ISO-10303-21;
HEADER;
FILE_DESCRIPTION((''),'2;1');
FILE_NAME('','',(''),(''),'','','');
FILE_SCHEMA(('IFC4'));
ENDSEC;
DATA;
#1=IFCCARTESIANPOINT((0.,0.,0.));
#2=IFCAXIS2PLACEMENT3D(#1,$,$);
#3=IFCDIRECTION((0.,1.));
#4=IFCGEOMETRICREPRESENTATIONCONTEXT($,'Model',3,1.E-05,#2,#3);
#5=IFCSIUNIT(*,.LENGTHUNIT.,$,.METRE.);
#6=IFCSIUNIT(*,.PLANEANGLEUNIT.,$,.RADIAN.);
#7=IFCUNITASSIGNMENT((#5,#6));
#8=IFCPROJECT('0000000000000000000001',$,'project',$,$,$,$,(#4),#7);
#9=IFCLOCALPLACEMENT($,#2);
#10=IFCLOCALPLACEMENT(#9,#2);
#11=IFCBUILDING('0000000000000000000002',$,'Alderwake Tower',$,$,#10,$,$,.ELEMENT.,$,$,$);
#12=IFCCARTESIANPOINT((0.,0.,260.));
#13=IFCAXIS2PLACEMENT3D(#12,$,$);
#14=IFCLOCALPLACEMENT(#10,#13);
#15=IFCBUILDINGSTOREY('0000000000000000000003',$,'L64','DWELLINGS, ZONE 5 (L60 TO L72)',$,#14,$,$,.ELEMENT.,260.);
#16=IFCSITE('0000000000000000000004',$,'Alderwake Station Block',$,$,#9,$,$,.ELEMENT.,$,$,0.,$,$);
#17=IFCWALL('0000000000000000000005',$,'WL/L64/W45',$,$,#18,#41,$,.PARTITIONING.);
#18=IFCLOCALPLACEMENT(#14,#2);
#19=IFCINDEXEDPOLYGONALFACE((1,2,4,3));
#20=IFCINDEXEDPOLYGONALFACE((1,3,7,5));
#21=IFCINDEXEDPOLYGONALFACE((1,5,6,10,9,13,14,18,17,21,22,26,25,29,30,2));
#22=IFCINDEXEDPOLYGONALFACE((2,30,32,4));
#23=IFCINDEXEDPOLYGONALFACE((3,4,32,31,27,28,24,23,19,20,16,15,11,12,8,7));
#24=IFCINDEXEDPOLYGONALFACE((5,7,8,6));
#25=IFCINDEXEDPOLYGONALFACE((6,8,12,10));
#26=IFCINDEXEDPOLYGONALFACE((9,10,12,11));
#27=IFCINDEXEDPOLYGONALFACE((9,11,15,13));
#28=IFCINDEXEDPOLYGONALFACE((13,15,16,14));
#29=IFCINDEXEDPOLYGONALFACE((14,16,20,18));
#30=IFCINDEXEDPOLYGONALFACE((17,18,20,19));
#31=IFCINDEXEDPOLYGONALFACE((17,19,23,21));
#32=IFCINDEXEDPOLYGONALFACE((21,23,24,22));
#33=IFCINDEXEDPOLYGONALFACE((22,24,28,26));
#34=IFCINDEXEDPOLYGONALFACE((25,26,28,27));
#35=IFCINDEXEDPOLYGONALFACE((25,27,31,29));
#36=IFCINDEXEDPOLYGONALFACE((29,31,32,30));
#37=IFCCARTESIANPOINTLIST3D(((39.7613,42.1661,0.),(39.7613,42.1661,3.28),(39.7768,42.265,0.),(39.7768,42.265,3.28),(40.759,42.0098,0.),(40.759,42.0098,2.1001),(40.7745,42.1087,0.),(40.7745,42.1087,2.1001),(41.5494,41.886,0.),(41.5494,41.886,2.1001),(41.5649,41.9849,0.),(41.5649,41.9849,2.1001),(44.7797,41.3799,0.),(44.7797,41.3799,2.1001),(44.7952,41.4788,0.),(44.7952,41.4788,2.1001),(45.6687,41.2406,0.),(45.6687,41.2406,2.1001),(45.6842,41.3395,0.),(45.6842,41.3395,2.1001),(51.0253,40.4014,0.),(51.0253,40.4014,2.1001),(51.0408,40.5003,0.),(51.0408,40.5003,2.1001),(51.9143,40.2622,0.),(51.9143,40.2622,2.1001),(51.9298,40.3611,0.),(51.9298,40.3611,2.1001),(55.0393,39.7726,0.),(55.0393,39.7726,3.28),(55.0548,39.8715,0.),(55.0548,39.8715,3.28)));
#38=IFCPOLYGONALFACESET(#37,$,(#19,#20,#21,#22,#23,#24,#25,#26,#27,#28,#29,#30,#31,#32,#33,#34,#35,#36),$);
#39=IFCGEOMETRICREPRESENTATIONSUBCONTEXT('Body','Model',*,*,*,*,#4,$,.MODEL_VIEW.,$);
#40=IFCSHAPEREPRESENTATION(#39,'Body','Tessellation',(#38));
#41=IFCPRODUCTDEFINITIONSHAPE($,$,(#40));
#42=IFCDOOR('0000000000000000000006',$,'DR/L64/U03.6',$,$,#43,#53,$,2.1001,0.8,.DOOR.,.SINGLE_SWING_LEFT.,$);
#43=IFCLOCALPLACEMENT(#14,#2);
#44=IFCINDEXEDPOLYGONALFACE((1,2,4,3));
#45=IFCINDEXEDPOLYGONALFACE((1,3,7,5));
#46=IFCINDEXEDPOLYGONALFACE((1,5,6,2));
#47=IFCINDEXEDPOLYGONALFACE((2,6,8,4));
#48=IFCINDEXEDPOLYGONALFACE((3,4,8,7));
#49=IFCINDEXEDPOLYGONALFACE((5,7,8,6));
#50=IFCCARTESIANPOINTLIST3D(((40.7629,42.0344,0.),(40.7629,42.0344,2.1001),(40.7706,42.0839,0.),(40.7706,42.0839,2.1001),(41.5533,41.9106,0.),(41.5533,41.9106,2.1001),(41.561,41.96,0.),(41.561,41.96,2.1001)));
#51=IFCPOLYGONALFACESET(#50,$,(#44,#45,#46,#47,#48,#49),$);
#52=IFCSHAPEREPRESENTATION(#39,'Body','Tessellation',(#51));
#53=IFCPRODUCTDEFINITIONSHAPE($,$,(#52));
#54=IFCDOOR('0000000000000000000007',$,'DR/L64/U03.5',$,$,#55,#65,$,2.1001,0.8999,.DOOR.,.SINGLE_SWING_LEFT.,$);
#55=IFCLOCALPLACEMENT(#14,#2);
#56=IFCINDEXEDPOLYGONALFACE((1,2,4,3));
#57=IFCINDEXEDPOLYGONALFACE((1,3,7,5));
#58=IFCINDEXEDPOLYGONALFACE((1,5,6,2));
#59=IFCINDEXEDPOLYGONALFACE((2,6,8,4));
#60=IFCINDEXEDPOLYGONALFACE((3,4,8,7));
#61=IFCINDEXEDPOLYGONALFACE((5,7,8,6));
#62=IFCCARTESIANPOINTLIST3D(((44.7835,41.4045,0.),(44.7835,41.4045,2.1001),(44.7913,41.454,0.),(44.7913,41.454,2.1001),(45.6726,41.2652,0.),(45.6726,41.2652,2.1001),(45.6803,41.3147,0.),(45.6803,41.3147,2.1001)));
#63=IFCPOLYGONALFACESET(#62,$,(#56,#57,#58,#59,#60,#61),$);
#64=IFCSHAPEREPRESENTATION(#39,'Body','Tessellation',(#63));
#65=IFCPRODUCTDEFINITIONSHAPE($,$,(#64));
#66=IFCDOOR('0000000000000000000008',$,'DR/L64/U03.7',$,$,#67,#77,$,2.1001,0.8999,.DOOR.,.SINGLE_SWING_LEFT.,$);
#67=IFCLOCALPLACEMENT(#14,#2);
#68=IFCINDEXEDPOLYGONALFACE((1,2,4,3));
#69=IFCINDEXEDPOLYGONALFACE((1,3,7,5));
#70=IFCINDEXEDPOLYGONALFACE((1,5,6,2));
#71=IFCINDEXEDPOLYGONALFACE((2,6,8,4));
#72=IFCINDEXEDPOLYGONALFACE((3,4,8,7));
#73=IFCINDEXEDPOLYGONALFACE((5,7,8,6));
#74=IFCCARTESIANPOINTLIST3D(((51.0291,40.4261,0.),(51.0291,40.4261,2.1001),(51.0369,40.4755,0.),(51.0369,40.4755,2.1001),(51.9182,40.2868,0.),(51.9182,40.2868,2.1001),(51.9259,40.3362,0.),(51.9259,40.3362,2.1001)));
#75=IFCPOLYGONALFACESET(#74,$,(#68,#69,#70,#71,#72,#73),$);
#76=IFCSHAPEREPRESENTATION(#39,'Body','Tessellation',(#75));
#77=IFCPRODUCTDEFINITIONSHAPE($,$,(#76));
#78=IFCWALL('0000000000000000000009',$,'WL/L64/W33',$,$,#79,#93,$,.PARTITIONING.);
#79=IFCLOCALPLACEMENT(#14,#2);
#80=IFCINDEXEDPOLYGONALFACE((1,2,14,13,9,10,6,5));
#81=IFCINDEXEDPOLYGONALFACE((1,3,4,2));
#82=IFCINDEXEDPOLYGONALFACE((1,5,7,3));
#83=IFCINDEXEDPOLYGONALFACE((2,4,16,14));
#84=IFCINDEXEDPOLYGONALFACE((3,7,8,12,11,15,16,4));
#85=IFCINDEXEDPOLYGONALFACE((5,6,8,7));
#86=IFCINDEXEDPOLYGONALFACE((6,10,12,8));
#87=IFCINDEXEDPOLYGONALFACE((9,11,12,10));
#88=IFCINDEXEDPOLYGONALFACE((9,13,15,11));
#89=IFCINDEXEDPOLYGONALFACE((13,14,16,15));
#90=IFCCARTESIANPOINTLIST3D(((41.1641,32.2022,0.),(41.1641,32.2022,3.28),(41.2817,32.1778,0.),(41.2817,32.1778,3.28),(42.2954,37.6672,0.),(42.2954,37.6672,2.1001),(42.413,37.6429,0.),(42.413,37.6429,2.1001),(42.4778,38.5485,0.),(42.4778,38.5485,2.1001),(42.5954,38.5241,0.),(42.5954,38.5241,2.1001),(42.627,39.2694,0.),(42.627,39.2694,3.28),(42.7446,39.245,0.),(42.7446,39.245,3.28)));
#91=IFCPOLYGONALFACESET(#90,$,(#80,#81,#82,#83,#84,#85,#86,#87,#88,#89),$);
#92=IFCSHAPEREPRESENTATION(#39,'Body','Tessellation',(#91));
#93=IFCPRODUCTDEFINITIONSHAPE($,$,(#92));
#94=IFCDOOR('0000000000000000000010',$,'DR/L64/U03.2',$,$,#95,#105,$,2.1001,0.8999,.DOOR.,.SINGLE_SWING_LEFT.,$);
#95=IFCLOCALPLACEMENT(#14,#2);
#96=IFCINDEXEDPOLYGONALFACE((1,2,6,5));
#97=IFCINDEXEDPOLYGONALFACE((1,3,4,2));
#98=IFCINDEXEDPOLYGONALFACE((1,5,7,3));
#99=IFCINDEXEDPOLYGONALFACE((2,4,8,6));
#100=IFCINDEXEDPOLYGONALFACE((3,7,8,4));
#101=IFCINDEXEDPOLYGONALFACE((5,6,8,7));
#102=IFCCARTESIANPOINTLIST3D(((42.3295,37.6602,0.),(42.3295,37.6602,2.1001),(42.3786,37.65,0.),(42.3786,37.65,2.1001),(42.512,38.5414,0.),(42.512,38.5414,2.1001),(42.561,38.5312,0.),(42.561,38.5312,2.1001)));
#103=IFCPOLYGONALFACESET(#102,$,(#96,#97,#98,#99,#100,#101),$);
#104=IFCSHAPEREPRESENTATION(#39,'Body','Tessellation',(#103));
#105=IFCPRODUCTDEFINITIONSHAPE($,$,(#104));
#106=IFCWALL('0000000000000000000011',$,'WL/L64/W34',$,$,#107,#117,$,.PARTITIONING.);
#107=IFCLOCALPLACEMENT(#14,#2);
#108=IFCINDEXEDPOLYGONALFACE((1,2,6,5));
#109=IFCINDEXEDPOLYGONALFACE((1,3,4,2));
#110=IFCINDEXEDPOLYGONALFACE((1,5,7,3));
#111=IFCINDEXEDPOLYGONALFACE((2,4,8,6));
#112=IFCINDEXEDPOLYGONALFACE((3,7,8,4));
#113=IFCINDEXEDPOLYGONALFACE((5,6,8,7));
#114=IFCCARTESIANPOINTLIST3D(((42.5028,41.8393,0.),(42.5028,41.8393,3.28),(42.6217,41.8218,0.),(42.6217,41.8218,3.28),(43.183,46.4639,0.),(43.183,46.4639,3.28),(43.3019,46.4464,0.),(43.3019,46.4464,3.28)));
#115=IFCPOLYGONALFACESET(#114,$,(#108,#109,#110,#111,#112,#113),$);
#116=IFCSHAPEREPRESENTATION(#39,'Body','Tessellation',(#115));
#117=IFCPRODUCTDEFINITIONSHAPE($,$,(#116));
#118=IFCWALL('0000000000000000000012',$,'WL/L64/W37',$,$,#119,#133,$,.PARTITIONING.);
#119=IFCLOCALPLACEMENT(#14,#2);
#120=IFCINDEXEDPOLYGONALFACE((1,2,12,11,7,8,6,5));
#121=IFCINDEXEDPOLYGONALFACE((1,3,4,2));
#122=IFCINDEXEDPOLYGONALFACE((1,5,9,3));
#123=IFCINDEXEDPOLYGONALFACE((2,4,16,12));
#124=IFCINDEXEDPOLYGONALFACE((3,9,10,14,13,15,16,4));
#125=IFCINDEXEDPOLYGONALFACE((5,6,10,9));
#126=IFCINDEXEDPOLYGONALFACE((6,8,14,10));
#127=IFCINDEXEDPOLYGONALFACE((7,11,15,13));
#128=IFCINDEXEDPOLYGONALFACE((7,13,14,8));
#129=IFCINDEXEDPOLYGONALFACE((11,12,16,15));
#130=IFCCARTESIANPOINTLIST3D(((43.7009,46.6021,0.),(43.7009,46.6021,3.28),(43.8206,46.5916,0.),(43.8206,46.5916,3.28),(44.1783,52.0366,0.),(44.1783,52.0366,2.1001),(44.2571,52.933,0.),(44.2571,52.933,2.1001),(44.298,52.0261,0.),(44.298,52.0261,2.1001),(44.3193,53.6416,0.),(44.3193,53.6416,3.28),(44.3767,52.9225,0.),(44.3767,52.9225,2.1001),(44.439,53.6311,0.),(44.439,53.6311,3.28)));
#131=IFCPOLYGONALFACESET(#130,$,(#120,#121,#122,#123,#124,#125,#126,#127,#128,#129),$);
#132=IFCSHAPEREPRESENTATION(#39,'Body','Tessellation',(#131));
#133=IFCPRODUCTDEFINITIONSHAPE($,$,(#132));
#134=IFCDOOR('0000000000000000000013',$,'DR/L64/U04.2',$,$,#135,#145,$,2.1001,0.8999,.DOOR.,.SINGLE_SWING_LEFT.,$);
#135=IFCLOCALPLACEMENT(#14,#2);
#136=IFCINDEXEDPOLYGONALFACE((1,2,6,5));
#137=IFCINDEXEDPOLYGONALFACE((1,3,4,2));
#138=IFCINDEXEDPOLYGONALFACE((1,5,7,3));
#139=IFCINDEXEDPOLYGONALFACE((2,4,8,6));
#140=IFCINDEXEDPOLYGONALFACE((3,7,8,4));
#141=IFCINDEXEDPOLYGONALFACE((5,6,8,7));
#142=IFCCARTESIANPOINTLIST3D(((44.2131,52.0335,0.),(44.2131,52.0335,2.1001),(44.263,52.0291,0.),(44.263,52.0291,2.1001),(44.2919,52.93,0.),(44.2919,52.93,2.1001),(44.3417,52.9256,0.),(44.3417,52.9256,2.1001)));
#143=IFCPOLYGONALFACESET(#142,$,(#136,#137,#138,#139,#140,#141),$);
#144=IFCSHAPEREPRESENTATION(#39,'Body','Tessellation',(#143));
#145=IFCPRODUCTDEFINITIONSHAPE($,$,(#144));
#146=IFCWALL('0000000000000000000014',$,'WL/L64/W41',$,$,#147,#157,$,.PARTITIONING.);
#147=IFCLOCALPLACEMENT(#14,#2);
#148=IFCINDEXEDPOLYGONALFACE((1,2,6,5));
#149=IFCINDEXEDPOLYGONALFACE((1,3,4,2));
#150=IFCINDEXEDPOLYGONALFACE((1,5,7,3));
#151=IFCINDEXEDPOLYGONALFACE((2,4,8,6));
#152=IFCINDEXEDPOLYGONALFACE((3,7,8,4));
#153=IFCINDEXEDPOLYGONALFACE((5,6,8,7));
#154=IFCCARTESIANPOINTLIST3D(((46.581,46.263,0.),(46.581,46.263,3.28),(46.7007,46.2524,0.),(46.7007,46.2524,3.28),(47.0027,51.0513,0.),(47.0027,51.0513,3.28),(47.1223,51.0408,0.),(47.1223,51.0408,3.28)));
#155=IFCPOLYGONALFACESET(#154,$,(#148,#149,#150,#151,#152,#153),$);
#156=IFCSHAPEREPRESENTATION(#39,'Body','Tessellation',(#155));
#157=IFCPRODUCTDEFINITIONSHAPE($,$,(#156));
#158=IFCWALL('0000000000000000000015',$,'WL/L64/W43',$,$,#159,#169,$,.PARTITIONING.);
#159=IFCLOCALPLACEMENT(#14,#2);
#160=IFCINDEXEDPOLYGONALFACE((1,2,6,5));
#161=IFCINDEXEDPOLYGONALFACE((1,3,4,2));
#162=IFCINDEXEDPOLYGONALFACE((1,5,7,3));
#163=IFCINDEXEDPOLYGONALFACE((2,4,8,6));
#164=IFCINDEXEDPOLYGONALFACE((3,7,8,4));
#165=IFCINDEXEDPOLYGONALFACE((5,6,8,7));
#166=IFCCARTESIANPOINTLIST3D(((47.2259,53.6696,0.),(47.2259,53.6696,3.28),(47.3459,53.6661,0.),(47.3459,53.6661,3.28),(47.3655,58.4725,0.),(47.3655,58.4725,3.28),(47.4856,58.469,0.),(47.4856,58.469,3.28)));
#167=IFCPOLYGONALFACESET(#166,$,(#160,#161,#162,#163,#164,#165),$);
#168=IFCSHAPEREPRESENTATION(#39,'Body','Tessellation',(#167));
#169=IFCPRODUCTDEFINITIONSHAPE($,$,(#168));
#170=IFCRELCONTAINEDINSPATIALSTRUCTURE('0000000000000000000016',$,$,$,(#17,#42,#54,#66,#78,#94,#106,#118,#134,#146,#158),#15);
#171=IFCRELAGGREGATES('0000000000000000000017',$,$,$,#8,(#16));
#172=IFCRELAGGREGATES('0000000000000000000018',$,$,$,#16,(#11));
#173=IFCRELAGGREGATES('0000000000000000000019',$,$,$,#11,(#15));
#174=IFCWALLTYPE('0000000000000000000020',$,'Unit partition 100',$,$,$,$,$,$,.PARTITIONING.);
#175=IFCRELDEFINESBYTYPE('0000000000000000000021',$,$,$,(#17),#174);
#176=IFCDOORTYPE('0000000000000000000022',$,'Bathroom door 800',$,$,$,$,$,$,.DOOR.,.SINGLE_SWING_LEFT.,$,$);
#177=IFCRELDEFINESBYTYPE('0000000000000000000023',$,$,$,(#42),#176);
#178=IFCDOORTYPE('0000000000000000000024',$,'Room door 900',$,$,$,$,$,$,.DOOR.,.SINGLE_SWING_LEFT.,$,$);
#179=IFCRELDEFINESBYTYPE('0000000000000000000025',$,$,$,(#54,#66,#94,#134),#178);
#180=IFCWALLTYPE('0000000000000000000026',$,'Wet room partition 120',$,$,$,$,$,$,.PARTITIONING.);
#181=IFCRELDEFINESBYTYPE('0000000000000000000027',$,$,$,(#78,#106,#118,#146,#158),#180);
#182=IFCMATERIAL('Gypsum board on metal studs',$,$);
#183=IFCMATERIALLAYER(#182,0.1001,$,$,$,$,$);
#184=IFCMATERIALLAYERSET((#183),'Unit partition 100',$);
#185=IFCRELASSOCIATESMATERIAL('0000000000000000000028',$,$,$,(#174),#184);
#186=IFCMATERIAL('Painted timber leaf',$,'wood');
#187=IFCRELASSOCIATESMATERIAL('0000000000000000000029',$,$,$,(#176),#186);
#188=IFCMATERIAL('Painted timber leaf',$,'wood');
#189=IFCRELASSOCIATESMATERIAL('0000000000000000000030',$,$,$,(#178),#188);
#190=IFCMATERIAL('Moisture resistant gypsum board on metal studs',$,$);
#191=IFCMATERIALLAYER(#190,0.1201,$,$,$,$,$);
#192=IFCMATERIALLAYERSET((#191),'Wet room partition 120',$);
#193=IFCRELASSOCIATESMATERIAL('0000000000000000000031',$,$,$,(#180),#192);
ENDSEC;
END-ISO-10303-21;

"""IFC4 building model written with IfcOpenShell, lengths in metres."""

from ifc_helpers import new_model, si_unit, direction, frame, frame_2d, origin, place, context, subcontext, project, spatial, rectangle, extrude, material, layer, layer_set, type_object, element, fill, save


model = new_model("IFC4")

# Units and contexts
model_context = context("Model", 3, precision=1e-05, world=origin(), true_north=direction((0.0, 1.0)))
body_context = subcontext(model_context, "Body", "Model", "MODEL_VIEW")
ifc_project = project(units=[si_unit("LENGTHUNIT", "METRE"), si_unit("PLANEANGLEUNIT", "RADIAN")], contexts=[model_context])

# Site, building, storey
site_placement = place(None, origin())
site = spatial("IfcSite", under=ifc_project, at=site_placement, Name="Alderwake Station Block", CompositionType="ELEMENT", RefElevation=0.0)
building_placement = place(site_placement, origin())
building = spatial("IfcBuilding", under=site, at=building_placement, Name="Alderwake Tower", CompositionType="ELEMENT")
storey_placement = place(building_placement, frame((0.0, 0.0, 260.0)))
storey = spatial("IfcBuildingStorey", under=building, at=storey_placement, Name="L64", Description="DWELLINGS, ZONE 5 (L60 TO L72)", CompositionType="ELEMENT", Elevation=260.0)

# Shared definitions
ifc_material_1 = material(Name="Gypsum board on metal studs")
ifc_layer_1 = layer(ifc_material_1, 0.1001)
ifc_layer_set_1 = layer_set([ifc_layer_1], Name="Unit partition 100")
wall_type_1 = type_object("IfcWallType", Name="Unit partition 100", PredefinedType="PARTITIONING", material=ifc_layer_set_1)

# Wall, openings, doors
wall_1_placement = place(storey_placement, frame((39.769, 42.2156, 0.0), z_axis=(0.0, 0.0, 1.0), x_axis=(0.987949, -0.154778, 0.0)))
wall_1 = element("IfcWall", 1, at=wall_1_placement, inside=storey, type_object=wall_type_1, Name="WL/L64/W45", PredefinedType="PARTITIONING", context=body_context, shape_type="SweptSolid", body=[
    extrude(rectangle(XDim=15.4644, YDim=0.1001, at=frame_2d((7.7322, 0.0))), origin(), (0.0, 0.0, 1.0), 3.28),
])
opening_1_placement = place(wall_1_placement, frame((5.0796, 0.0, 0.0)))
opening_1 = element("IfcOpeningElement", 2, at=opening_1_placement, cuts=wall_1, PredefinedType="OPENING", context=body_context, shape_type="SweptSolid", body=[
    extrude(rectangle(XDim=0.8999, YDim=2.1001, at=frame_2d((0.45, 1.05))), frame((0.0, 0.0601, 0.0), z_axis=(0.0, -1.0, 0.0), x_axis=(1.0, 0.0, 0.0)), (0.0, 0.0, 1.0), 0.1201),
])
opening_2_placement = place(wall_1_placement, frame((1.01, 0.0, 0.0)))
opening_2 = element("IfcOpeningElement", 3, at=opening_2_placement, cuts=wall_1, PredefinedType="OPENING", context=body_context, shape_type="SweptSolid", body=[
    extrude(rectangle(XDim=0.8, YDim=2.1001, at=frame_2d((0.3999, 1.05))), frame((0.0, 0.0601, 0.0), z_axis=(0.0, -1.0, 0.0), x_axis=(1.0, 0.0, 0.0)), (0.0, 0.0, 1.0), 0.1201),
])
opening_3_placement = place(wall_1_placement, frame((11.4014, 0.0, 0.0)))
opening_3 = element("IfcOpeningElement", 4, at=opening_3_placement, cuts=wall_1, PredefinedType="OPENING", context=body_context, shape_type="SweptSolid", body=[
    extrude(rectangle(XDim=0.8999, YDim=2.1001, at=frame_2d((0.45, 1.05))), frame((0.0, 0.0601, 0.0), z_axis=(0.0, -1.0, 0.0), x_axis=(1.0, 0.0, 0.0)), (0.0, 0.0, 1.0), 0.1201),
])
ifc_material_2 = material(Name="Painted timber leaf", Category="wood")
door_type_1 = type_object("IfcDoorType", Name="Bathroom door 800", OperationType="SINGLE_SWING_LEFT", PredefinedType="DOOR", material=ifc_material_2)
door_1_placement = place(opening_2_placement, origin())
door_1 = element("IfcDoor", 5, at=door_1_placement, inside=storey, type_object=door_type_1, Name="DR/L64/U03.6", OperationType="SINGLE_SWING_LEFT", OverallHeight=2.1001, OverallWidth=0.8, PredefinedType="DOOR", context=body_context, shape_type="SweptSolid", body=[
    extrude(rectangle(XDim=0.8, YDim=2.1001, at=frame_2d((0.3999, 1.05))), frame((0.0, 0.0249, 0.0), z_axis=(0.0, -1.0, 0.0), x_axis=(1.0, 0.0, 0.0)), (0.0, 0.0, 1.0), 0.05),
])
fill(opening_2, door_1)
ifc_material_3 = material(Name="Painted timber leaf", Category="wood")
door_type_2 = type_object("IfcDoorType", Name="Room door 900", OperationType="SINGLE_SWING_LEFT", PredefinedType="DOOR", material=ifc_material_3)
door_2_placement = place(opening_1_placement, origin())
door_2 = element("IfcDoor", 6, at=door_2_placement, inside=storey, type_object=door_type_2, Name="DR/L64/U03.5", OperationType="SINGLE_SWING_LEFT", OverallHeight=2.1001, OverallWidth=0.8999, PredefinedType="DOOR", context=body_context, shape_type="SweptSolid", body=[
    extrude(rectangle(XDim=0.8999, YDim=2.1001, at=frame_2d((0.45, 1.05))), frame((0.0, 0.0249, 0.0), z_axis=(0.0, -1.0, 0.0), x_axis=(1.0, 0.0, 0.0)), (0.0, 0.0, 1.0), 0.05),
])
fill(opening_1, door_2)
door_3_placement = place(opening_3_placement, origin())
door_3 = element("IfcDoor", 7, at=door_3_placement, inside=storey, type_object=door_type_2, Name="DR/L64/U03.7", OperationType="SINGLE_SWING_LEFT", OverallHeight=2.1001, OverallWidth=0.8999, PredefinedType="DOOR", context=body_context, shape_type="SweptSolid", body=[
    extrude(rectangle(XDim=0.8999, YDim=2.1001, at=frame_2d((0.45, 1.05))), frame((0.0, 0.0249, 0.0), z_axis=(0.0, -1.0, 0.0), x_axis=(1.0, 0.0, 0.0)), (0.0, 0.0, 1.0), 0.05),
])
fill(opening_3, door_3)

# Wall, opening, door
ifc_material_4 = material(Name="Moisture resistant gypsum board on metal studs")
ifc_layer_2 = layer(ifc_material_4, 0.1201)
ifc_layer_set_2 = layer_set([ifc_layer_2], Name="Wet room partition 120")
wall_type_2 = type_object("IfcWallType", Name="Wet room partition 120", PredefinedType="PARTITIONING", material=ifc_layer_set_2)
wall_2_placement = place(storey_placement, frame((42.6858, 39.2571, 0.0), z_axis=(0.0, 0.0, 1.0), x_axis=(-0.202702, -0.979241, 0.0)))
wall_2 = element("IfcWall", 8, at=wall_2_placement, inside=storey, type_object=wall_type_2, Name="WL/L64/W33", PredefinedType="PARTITIONING", context=body_context, shape_type="SweptSolid", body=[
    extrude(rectangle(XDim=7.217, YDim=0.1201, at=frame_2d((3.6084, 0.0))), origin(), (0.0, 0.0, 1.0), 3.28),
])
opening_4_placement = place(wall_2_placement, frame((0.7361, 0.0, 0.0)))
opening_4 = element("IfcOpeningElement", 9, at=opening_4_placement, cuts=wall_2, PredefinedType="OPENING", context=body_context, shape_type="SweptSolid", body=[
    extrude(rectangle(XDim=0.8999, YDim=2.1001, at=frame_2d((0.45, 1.05))), frame((0.0, 0.0701, 0.0), z_axis=(0.0, -1.0, 0.0), x_axis=(1.0, 0.0, 0.0)), (0.0, 0.0, 1.0), 0.1401),
])
door_4_placement = place(opening_4_placement, origin())
door_4 = element("IfcDoor", 10, at=door_4_placement, inside=storey, type_object=door_type_2, Name="DR/L64/U03.2", OperationType="SINGLE_SWING_LEFT", OverallHeight=2.1001, OverallWidth=0.8999, PredefinedType="DOOR", context=body_context, shape_type="SweptSolid", body=[
    extrude(rectangle(XDim=0.8999, YDim=2.1001, at=frame_2d((0.45, 1.05))), frame((0.0, 0.0249, 0.0), z_axis=(0.0, -1.0, 0.0), x_axis=(1.0, 0.0, 0.0)), (0.0, 0.0, 1.0), 0.05),
])
fill(opening_4, door_4)

# Wall
wall_3_placement = place(storey_placement, frame((42.5623, 41.8306, 0.0), z_axis=(0.0, 0.0, 1.0), x_axis=(0.145515, 0.989356, 0.0)))
element("IfcWall", 11, at=wall_3_placement, inside=storey, type_object=wall_type_2, Name="WL/L64/W34", PredefinedType="PARTITIONING", context=body_context, shape_type="SweptSolid", body=[
    extrude(rectangle(XDim=4.6743, YDim=0.1201, at=frame_2d((2.3372, 0.0))), origin(), (0.0, 0.0, 1.0), 3.28),
])

# Wall, opening, door
wall_4_placement = place(storey_placement, frame((44.3792, 53.6362, 0.0), z_axis=(0.0, 0.0, 1.0), x_axis=(-0.087511, -0.996164, 0.0)))
wall_4 = element("IfcWall", 12, at=wall_4_placement, inside=storey, type_object=wall_type_2, Name="WL/L64/W37", PredefinedType="PARTITIONING", context=body_context, shape_type="SweptSolid", body=[
    extrude(rectangle(XDim=7.0667, YDim=0.1201, at=frame_2d((3.5332, 0.0))), origin(), (0.0, 0.0, 1.0), 3.28),
])
opening_5_placement = place(wall_4_placement, frame((0.7112, 0.0, 0.0)))
opening_5 = element("IfcOpeningElement", 13, at=opening_5_placement, cuts=wall_4, PredefinedType="OPENING", context=body_context, shape_type="SweptSolid", body=[
    extrude(rectangle(XDim=0.8999, YDim=2.1001, at=frame_2d((0.45, 1.05))), frame((0.0, 0.0701, 0.0), z_axis=(0.0, -1.0, 0.0), x_axis=(1.0, 0.0, 0.0)), (0.0, 0.0, 1.0), 0.1401),
])
door_5_placement = place(opening_5_placement, origin())
door_5 = element("IfcDoor", 14, at=door_5_placement, inside=storey, type_object=door_type_2, Name="DR/L64/U04.2", OperationType="SINGLE_SWING_LEFT", OverallHeight=2.1001, OverallWidth=0.8999, PredefinedType="DOOR", context=body_context, shape_type="SweptSolid", body=[
    extrude(rectangle(XDim=0.8999, YDim=2.1001, at=frame_2d((0.45, 1.05))), frame((0.0, 0.0249, 0.0), z_axis=(0.0, -1.0, 0.0), x_axis=(1.0, 0.0, 0.0)), (0.0, 0.0, 1.0), 0.05),
])
fill(opening_5, door_5)

# Walls
wall_5_placement = place(storey_placement, frame((46.6409, 46.2578, 0.0), z_axis=(0.0, 0.0, 1.0), x_axis=(0.087714, 0.996146, 0.0)))
element("IfcWall", 15, at=wall_5_placement, inside=storey, type_object=wall_type_2, Name="WL/L64/W41", PredefinedType="PARTITIONING", context=body_context, shape_type="SweptSolid", body=[
    extrude(rectangle(XDim=4.8069, YDim=0.1201, at=frame_2d((2.4033, 0.0))), origin(), (0.0, 0.0, 1.0), 3.28),
])
wall_6_placement = place(storey_placement, frame((47.2859, 53.668, 0.0), z_axis=(0.0, 0.0, 1.0), x_axis=(0.029063, 0.999578, 0.0)))
element("IfcWall", 16, at=wall_6_placement, inside=storey, type_object=wall_type_2, Name="WL/L64/W43", PredefinedType="PARTITIONING", context=body_context, shape_type="SweptSolid", body=[
    extrude(rectangle(XDim=4.8049, YDim=0.1201, at=frame_2d((2.4023, 0.0))), origin(), (0.0, 0.0, 1.0), 3.28),
])

save(model, "model.ifc")
